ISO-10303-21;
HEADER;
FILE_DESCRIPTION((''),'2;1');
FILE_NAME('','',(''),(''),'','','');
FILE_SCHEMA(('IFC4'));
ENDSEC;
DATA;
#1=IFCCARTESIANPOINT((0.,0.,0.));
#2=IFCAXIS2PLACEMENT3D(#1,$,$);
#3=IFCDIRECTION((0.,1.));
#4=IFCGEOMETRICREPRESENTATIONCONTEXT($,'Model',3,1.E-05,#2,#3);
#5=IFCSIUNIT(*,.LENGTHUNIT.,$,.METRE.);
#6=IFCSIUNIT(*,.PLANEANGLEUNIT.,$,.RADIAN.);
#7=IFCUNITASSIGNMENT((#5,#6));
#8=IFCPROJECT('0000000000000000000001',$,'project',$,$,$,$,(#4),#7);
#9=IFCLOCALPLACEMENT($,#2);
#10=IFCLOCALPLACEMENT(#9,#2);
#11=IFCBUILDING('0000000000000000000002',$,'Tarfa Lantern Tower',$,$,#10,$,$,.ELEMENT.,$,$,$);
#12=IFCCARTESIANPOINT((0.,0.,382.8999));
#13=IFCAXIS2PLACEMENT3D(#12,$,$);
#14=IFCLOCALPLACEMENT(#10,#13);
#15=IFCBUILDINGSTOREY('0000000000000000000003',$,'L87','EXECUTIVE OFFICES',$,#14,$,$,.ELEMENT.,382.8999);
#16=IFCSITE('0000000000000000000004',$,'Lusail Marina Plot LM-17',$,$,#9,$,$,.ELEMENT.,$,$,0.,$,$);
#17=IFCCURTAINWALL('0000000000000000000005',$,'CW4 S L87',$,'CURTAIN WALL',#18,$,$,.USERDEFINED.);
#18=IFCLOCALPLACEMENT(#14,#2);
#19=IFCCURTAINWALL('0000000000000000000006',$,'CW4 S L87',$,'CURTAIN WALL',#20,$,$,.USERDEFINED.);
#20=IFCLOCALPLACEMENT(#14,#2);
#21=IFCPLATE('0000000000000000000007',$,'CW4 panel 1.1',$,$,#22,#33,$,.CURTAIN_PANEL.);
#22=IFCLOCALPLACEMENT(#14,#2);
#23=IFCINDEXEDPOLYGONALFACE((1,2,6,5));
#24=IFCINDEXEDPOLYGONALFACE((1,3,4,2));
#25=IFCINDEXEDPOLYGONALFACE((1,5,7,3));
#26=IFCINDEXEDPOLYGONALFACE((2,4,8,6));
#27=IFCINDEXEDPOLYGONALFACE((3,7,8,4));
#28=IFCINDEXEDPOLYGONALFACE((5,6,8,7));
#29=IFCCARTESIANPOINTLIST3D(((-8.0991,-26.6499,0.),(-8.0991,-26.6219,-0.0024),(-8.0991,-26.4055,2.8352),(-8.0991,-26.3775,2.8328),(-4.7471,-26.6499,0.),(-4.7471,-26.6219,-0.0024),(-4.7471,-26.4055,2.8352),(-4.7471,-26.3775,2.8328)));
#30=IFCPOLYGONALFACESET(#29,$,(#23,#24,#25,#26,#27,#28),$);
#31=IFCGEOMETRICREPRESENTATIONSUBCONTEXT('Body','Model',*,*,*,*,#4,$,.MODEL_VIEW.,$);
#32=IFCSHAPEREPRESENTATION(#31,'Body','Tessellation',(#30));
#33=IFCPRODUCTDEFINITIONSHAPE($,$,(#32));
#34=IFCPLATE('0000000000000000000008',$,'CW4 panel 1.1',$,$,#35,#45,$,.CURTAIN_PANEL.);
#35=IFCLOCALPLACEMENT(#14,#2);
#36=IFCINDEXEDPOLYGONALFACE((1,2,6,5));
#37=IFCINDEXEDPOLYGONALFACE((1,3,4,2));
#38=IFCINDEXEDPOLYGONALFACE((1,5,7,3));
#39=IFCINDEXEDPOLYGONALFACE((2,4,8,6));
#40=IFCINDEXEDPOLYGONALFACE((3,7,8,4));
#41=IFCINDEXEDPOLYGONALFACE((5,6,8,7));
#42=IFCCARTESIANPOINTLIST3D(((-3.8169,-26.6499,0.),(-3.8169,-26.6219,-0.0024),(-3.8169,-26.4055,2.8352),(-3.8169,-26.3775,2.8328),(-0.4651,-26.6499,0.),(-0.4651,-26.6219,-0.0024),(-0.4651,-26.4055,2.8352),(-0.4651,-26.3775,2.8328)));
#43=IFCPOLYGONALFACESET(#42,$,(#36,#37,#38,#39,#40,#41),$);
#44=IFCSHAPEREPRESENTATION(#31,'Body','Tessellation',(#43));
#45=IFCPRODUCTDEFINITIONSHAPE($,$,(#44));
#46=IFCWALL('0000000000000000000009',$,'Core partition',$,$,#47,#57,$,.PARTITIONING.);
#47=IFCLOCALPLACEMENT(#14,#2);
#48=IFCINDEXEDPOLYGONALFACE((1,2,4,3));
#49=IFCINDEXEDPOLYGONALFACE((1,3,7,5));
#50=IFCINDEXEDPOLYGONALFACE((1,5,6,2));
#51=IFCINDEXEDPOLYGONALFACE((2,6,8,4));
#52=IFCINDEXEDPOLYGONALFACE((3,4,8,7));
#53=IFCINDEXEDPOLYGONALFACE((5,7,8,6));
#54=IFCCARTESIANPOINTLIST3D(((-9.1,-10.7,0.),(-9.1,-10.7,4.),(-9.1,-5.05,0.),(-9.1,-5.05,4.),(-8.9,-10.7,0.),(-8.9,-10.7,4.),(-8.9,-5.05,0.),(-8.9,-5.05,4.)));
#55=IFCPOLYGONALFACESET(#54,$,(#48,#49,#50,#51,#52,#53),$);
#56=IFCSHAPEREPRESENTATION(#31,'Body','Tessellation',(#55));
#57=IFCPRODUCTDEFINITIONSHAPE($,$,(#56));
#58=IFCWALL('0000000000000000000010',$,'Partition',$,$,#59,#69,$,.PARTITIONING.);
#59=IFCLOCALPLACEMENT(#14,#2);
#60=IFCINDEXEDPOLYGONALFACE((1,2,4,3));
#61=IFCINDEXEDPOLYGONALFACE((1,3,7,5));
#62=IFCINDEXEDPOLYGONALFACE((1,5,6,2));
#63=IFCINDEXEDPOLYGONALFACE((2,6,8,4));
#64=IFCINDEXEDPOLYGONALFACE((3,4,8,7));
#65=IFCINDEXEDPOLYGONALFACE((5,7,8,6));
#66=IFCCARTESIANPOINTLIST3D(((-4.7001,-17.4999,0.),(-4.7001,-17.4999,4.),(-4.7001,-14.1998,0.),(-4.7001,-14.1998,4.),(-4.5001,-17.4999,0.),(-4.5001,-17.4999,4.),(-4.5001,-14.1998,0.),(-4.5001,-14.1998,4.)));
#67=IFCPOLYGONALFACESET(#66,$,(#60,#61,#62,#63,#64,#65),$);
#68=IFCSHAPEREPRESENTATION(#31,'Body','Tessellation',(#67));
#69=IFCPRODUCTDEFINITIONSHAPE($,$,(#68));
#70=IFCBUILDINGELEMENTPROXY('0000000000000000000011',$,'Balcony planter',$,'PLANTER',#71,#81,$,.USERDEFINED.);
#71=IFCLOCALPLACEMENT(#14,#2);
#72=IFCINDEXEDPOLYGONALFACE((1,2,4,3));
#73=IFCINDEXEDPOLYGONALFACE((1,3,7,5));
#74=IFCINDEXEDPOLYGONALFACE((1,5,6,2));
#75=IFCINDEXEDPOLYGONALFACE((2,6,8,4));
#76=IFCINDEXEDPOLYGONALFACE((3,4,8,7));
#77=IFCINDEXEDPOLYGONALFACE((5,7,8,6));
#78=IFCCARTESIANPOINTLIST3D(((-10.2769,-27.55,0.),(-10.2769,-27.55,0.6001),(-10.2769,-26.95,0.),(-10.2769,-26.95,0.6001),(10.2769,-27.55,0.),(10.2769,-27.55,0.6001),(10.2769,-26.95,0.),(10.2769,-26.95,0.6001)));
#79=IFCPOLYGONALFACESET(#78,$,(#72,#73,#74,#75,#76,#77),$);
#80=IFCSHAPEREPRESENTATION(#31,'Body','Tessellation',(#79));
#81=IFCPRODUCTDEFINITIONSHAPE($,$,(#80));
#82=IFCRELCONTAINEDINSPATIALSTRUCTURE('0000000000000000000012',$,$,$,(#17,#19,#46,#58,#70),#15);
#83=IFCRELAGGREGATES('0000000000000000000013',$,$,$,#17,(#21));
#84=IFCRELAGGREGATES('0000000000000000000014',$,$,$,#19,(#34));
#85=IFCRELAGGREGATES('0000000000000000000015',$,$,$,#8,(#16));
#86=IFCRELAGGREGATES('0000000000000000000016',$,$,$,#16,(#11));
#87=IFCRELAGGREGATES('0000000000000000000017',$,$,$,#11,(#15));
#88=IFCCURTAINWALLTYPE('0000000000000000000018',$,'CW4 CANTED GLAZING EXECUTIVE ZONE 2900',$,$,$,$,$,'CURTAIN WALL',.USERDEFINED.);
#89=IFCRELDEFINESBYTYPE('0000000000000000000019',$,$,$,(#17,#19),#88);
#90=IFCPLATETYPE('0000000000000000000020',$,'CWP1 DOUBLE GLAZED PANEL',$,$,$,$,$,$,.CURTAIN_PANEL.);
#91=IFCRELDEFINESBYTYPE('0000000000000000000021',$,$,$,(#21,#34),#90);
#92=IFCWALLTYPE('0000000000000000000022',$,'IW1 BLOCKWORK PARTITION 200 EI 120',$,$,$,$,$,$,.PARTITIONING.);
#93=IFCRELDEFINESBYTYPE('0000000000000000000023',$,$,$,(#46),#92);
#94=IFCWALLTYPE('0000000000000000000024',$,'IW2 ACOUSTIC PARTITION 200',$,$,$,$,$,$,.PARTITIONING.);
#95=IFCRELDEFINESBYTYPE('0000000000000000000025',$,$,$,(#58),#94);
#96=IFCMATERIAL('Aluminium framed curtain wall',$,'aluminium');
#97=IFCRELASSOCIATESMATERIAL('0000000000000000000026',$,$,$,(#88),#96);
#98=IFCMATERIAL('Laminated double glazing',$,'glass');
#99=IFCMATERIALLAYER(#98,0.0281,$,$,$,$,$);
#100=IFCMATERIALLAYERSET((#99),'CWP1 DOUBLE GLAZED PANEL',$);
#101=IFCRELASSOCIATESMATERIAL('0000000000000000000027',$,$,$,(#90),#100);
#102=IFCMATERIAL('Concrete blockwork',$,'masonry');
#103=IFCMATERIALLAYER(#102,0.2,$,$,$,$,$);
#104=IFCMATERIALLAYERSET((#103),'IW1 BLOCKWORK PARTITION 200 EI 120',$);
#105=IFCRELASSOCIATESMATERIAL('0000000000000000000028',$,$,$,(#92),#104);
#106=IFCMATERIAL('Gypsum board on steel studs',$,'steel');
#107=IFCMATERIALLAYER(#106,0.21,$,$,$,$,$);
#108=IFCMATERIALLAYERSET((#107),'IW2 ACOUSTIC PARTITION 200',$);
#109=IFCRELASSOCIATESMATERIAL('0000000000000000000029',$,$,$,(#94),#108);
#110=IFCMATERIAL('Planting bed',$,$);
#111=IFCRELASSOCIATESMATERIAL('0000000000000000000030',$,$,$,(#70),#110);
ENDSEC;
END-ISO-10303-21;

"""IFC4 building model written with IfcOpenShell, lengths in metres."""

from ifc_helpers import new_model, si_unit, direction, frame, frame_2d, origin, origin_2d, place, context, subcontext, project, spatial, polyline, rectangle, outline, extrude, material, layer, layer_set, type_object, element, aggregate, save


model = new_model("IFC4")

# Units and contexts
model_context = context("Model", 3, precision=1e-05, world=origin(), true_north=direction((0.0, 1.0)))
body_context = subcontext(model_context, "Body", "Model", "MODEL_VIEW")
ifc_project = project(units=[si_unit("LENGTHUNIT", "METRE"), si_unit("PLANEANGLEUNIT", "RADIAN")], contexts=[model_context])

# Site, building, storey
site_placement = place(None, origin())
site = spatial("IfcSite", under=ifc_project, at=site_placement, Name="Lusail Marina Plot LM-17", CompositionType="ELEMENT", RefElevation=0.0)
building_placement = place(site_placement, origin())
building = spatial("IfcBuilding", under=site, at=building_placement, Name="Tarfa Lantern Tower", CompositionType="ELEMENT")
storey_placement = place(building_placement, frame((0.0, 0.0, 382.8999)))
storey = spatial("IfcBuildingStorey", under=building, at=storey_placement, Name="L87", Description="EXECUTIVE OFFICES", CompositionType="ELEMENT", Elevation=382.8999)

# Shared definitions
ifc_material_1 = material(Name="Aluminium framed curtain wall", Category="aluminium")
curtain_wall_type = type_object("IfcCurtainWallType", Name="CW4 CANTED GLAZING EXECUTIVE ZONE 2900", ElementType="CURTAIN WALL", PredefinedType="USERDEFINED", material=ifc_material_1)

# Curtain walls
curtain_wall_1_placement = place(storey_placement, origin())
curtain_wall_1 = element("IfcCurtainWall", 1, at=curtain_wall_1_placement, inside=storey, type_object=curtain_wall_type, Name="CW4 S L87", ObjectType="CURTAIN WALL", PredefinedType="USERDEFINED")
curtain_wall_2_placement = place(storey_placement, origin())
curtain_wall_2 = element("IfcCurtainWall", 2, at=curtain_wall_2_placement, inside=storey, type_object=curtain_wall_type, Name="CW4 S L87", ObjectType="CURTAIN WALL", PredefinedType="USERDEFINED")

# Plates
ifc_material_2 = material(Name="Laminated double glazing", Category="glass")
ifc_layer_1 = layer(ifc_material_2, 0.0281)
ifc_layer_set_1 = layer_set([ifc_layer_1], Name="CWP1 DOUBLE GLAZED PANEL")
plate_type = type_object("IfcPlateType", Name="CWP1 DOUBLE GLAZED PANEL", PredefinedType="CURTAIN_PANEL", material=ifc_layer_set_1)
plate_1_placement = place(storey_placement, frame((-8.0991, -26.6499, 0.0), z_axis=(0.0, -0.996306, 0.085878), x_axis=(1.0, 0.0, 0.0)))
plate_1 = element("IfcPlate", 3, at=plate_1_placement, type_object=plate_type, Name="CW4 panel 1.1", PredefinedType="CURTAIN_PANEL", context=body_context, shape_type="SweptSolid", body=[
    extrude(outline(polyline([(0.0, 0.0), (3.3521, 0.0), (3.3521, 2.8457), (0.0, 2.8457), (0.0, 0.0)])), origin(), (0.0, 0.0, -1.0), 0.0281),
])
aggregate(curtain_wall_1, [plate_1])
plate_2_placement = place(storey_placement, frame((-3.8169, -26.6499, 0.0), z_axis=(0.0, -0.996306, 0.085878), x_axis=(1.0, 0.0, 0.0)))
plate_2 = element("IfcPlate", 4, at=plate_2_placement, type_object=plate_type, Name="CW4 panel 1.1", PredefinedType="CURTAIN_PANEL", context=body_context, shape_type="SweptSolid", body=[
    extrude(outline(polyline([(0.0, 0.0), (3.3518, 0.0), (3.3518, 2.8457), (0.0, 2.8457), (0.0, 0.0)])), origin(), (0.0, 0.0, -1.0), 0.0281),
])
aggregate(curtain_wall_2, [plate_2])

# Walls
ifc_material_3 = material(Name="Concrete blockwork", Category="masonry")
ifc_layer_2 = layer(ifc_material_3, 0.2)
ifc_layer_set_2 = layer_set([ifc_layer_2], Name="IW1 BLOCKWORK PARTITION 200 EI 120")
wall_type_1 = type_object("IfcWallType", Name="IW1 BLOCKWORK PARTITION 200 EI 120", PredefinedType="PARTITIONING", material=ifc_layer_set_2)
wall_1_placement = place(storey_placement, frame((-9.0, -5.05, 0.0), z_axis=(0.0, 0.0, 1.0), x_axis=(0.0, -1.0, 0.0)))
element("IfcWall", 5, at=wall_1_placement, inside=storey, type_object=wall_type_1, Name="Core partition", PredefinedType="PARTITIONING", context=body_context, shape_type="SweptSolid", body=[
    extrude(rectangle(XDim=5.6499, YDim=0.2, at=frame_2d((2.825, 0.0))), origin(), (0.0, 0.0, 1.0), 4.0),
])
ifc_material_4 = material(Name="Gypsum board on steel studs", Category="steel")
ifc_layer_3 = layer(ifc_material_4, 0.21)
ifc_layer_set_3 = layer_set([ifc_layer_3], Name="IW2 ACOUSTIC PARTITION 200")
wall_type_2 = type_object("IfcWallType", Name="IW2 ACOUSTIC PARTITION 200", PredefinedType="PARTITIONING", material=ifc_layer_set_3)
wall_2_placement = place(storey_placement, frame((-4.6001, -14.2, 0.0), z_axis=(0.0, 0.0, 1.0), x_axis=(0.0, -1.0, 0.0)))
element("IfcWall", 6, at=wall_2_placement, inside=storey, type_object=wall_type_2, Name="Partition", PredefinedType="PARTITIONING", context=body_context, shape_type="SweptSolid", body=[
    extrude(rectangle(XDim=3.3, YDim=0.2, at=frame_2d((1.6499, 0.0))), origin(), (0.0, 0.0, 1.0), 4.0),
])

# Building element proxy
ifc_material_5 = material(Name="Planting bed")
proxy_placement = place(storey_placement, frame((0.0, -27.25, 0.0), z_axis=(0.0, 0.0, 1.0), x_axis=(1.0, 0.0, 0.0)))
element("IfcBuildingElementProxy", 7, at=proxy_placement, inside=storey, material=ifc_material_5, Name="Balcony planter", ObjectType="PLANTER", PredefinedType="USERDEFINED", context=body_context, shape_type="SweptSolid", body=[
    extrude(rectangle(XDim=20.5537, YDim=0.6001, at=origin_2d()), origin(), (0.0, 0.0, 1.0), 0.6001),
])

save(model, "model.ifc")
